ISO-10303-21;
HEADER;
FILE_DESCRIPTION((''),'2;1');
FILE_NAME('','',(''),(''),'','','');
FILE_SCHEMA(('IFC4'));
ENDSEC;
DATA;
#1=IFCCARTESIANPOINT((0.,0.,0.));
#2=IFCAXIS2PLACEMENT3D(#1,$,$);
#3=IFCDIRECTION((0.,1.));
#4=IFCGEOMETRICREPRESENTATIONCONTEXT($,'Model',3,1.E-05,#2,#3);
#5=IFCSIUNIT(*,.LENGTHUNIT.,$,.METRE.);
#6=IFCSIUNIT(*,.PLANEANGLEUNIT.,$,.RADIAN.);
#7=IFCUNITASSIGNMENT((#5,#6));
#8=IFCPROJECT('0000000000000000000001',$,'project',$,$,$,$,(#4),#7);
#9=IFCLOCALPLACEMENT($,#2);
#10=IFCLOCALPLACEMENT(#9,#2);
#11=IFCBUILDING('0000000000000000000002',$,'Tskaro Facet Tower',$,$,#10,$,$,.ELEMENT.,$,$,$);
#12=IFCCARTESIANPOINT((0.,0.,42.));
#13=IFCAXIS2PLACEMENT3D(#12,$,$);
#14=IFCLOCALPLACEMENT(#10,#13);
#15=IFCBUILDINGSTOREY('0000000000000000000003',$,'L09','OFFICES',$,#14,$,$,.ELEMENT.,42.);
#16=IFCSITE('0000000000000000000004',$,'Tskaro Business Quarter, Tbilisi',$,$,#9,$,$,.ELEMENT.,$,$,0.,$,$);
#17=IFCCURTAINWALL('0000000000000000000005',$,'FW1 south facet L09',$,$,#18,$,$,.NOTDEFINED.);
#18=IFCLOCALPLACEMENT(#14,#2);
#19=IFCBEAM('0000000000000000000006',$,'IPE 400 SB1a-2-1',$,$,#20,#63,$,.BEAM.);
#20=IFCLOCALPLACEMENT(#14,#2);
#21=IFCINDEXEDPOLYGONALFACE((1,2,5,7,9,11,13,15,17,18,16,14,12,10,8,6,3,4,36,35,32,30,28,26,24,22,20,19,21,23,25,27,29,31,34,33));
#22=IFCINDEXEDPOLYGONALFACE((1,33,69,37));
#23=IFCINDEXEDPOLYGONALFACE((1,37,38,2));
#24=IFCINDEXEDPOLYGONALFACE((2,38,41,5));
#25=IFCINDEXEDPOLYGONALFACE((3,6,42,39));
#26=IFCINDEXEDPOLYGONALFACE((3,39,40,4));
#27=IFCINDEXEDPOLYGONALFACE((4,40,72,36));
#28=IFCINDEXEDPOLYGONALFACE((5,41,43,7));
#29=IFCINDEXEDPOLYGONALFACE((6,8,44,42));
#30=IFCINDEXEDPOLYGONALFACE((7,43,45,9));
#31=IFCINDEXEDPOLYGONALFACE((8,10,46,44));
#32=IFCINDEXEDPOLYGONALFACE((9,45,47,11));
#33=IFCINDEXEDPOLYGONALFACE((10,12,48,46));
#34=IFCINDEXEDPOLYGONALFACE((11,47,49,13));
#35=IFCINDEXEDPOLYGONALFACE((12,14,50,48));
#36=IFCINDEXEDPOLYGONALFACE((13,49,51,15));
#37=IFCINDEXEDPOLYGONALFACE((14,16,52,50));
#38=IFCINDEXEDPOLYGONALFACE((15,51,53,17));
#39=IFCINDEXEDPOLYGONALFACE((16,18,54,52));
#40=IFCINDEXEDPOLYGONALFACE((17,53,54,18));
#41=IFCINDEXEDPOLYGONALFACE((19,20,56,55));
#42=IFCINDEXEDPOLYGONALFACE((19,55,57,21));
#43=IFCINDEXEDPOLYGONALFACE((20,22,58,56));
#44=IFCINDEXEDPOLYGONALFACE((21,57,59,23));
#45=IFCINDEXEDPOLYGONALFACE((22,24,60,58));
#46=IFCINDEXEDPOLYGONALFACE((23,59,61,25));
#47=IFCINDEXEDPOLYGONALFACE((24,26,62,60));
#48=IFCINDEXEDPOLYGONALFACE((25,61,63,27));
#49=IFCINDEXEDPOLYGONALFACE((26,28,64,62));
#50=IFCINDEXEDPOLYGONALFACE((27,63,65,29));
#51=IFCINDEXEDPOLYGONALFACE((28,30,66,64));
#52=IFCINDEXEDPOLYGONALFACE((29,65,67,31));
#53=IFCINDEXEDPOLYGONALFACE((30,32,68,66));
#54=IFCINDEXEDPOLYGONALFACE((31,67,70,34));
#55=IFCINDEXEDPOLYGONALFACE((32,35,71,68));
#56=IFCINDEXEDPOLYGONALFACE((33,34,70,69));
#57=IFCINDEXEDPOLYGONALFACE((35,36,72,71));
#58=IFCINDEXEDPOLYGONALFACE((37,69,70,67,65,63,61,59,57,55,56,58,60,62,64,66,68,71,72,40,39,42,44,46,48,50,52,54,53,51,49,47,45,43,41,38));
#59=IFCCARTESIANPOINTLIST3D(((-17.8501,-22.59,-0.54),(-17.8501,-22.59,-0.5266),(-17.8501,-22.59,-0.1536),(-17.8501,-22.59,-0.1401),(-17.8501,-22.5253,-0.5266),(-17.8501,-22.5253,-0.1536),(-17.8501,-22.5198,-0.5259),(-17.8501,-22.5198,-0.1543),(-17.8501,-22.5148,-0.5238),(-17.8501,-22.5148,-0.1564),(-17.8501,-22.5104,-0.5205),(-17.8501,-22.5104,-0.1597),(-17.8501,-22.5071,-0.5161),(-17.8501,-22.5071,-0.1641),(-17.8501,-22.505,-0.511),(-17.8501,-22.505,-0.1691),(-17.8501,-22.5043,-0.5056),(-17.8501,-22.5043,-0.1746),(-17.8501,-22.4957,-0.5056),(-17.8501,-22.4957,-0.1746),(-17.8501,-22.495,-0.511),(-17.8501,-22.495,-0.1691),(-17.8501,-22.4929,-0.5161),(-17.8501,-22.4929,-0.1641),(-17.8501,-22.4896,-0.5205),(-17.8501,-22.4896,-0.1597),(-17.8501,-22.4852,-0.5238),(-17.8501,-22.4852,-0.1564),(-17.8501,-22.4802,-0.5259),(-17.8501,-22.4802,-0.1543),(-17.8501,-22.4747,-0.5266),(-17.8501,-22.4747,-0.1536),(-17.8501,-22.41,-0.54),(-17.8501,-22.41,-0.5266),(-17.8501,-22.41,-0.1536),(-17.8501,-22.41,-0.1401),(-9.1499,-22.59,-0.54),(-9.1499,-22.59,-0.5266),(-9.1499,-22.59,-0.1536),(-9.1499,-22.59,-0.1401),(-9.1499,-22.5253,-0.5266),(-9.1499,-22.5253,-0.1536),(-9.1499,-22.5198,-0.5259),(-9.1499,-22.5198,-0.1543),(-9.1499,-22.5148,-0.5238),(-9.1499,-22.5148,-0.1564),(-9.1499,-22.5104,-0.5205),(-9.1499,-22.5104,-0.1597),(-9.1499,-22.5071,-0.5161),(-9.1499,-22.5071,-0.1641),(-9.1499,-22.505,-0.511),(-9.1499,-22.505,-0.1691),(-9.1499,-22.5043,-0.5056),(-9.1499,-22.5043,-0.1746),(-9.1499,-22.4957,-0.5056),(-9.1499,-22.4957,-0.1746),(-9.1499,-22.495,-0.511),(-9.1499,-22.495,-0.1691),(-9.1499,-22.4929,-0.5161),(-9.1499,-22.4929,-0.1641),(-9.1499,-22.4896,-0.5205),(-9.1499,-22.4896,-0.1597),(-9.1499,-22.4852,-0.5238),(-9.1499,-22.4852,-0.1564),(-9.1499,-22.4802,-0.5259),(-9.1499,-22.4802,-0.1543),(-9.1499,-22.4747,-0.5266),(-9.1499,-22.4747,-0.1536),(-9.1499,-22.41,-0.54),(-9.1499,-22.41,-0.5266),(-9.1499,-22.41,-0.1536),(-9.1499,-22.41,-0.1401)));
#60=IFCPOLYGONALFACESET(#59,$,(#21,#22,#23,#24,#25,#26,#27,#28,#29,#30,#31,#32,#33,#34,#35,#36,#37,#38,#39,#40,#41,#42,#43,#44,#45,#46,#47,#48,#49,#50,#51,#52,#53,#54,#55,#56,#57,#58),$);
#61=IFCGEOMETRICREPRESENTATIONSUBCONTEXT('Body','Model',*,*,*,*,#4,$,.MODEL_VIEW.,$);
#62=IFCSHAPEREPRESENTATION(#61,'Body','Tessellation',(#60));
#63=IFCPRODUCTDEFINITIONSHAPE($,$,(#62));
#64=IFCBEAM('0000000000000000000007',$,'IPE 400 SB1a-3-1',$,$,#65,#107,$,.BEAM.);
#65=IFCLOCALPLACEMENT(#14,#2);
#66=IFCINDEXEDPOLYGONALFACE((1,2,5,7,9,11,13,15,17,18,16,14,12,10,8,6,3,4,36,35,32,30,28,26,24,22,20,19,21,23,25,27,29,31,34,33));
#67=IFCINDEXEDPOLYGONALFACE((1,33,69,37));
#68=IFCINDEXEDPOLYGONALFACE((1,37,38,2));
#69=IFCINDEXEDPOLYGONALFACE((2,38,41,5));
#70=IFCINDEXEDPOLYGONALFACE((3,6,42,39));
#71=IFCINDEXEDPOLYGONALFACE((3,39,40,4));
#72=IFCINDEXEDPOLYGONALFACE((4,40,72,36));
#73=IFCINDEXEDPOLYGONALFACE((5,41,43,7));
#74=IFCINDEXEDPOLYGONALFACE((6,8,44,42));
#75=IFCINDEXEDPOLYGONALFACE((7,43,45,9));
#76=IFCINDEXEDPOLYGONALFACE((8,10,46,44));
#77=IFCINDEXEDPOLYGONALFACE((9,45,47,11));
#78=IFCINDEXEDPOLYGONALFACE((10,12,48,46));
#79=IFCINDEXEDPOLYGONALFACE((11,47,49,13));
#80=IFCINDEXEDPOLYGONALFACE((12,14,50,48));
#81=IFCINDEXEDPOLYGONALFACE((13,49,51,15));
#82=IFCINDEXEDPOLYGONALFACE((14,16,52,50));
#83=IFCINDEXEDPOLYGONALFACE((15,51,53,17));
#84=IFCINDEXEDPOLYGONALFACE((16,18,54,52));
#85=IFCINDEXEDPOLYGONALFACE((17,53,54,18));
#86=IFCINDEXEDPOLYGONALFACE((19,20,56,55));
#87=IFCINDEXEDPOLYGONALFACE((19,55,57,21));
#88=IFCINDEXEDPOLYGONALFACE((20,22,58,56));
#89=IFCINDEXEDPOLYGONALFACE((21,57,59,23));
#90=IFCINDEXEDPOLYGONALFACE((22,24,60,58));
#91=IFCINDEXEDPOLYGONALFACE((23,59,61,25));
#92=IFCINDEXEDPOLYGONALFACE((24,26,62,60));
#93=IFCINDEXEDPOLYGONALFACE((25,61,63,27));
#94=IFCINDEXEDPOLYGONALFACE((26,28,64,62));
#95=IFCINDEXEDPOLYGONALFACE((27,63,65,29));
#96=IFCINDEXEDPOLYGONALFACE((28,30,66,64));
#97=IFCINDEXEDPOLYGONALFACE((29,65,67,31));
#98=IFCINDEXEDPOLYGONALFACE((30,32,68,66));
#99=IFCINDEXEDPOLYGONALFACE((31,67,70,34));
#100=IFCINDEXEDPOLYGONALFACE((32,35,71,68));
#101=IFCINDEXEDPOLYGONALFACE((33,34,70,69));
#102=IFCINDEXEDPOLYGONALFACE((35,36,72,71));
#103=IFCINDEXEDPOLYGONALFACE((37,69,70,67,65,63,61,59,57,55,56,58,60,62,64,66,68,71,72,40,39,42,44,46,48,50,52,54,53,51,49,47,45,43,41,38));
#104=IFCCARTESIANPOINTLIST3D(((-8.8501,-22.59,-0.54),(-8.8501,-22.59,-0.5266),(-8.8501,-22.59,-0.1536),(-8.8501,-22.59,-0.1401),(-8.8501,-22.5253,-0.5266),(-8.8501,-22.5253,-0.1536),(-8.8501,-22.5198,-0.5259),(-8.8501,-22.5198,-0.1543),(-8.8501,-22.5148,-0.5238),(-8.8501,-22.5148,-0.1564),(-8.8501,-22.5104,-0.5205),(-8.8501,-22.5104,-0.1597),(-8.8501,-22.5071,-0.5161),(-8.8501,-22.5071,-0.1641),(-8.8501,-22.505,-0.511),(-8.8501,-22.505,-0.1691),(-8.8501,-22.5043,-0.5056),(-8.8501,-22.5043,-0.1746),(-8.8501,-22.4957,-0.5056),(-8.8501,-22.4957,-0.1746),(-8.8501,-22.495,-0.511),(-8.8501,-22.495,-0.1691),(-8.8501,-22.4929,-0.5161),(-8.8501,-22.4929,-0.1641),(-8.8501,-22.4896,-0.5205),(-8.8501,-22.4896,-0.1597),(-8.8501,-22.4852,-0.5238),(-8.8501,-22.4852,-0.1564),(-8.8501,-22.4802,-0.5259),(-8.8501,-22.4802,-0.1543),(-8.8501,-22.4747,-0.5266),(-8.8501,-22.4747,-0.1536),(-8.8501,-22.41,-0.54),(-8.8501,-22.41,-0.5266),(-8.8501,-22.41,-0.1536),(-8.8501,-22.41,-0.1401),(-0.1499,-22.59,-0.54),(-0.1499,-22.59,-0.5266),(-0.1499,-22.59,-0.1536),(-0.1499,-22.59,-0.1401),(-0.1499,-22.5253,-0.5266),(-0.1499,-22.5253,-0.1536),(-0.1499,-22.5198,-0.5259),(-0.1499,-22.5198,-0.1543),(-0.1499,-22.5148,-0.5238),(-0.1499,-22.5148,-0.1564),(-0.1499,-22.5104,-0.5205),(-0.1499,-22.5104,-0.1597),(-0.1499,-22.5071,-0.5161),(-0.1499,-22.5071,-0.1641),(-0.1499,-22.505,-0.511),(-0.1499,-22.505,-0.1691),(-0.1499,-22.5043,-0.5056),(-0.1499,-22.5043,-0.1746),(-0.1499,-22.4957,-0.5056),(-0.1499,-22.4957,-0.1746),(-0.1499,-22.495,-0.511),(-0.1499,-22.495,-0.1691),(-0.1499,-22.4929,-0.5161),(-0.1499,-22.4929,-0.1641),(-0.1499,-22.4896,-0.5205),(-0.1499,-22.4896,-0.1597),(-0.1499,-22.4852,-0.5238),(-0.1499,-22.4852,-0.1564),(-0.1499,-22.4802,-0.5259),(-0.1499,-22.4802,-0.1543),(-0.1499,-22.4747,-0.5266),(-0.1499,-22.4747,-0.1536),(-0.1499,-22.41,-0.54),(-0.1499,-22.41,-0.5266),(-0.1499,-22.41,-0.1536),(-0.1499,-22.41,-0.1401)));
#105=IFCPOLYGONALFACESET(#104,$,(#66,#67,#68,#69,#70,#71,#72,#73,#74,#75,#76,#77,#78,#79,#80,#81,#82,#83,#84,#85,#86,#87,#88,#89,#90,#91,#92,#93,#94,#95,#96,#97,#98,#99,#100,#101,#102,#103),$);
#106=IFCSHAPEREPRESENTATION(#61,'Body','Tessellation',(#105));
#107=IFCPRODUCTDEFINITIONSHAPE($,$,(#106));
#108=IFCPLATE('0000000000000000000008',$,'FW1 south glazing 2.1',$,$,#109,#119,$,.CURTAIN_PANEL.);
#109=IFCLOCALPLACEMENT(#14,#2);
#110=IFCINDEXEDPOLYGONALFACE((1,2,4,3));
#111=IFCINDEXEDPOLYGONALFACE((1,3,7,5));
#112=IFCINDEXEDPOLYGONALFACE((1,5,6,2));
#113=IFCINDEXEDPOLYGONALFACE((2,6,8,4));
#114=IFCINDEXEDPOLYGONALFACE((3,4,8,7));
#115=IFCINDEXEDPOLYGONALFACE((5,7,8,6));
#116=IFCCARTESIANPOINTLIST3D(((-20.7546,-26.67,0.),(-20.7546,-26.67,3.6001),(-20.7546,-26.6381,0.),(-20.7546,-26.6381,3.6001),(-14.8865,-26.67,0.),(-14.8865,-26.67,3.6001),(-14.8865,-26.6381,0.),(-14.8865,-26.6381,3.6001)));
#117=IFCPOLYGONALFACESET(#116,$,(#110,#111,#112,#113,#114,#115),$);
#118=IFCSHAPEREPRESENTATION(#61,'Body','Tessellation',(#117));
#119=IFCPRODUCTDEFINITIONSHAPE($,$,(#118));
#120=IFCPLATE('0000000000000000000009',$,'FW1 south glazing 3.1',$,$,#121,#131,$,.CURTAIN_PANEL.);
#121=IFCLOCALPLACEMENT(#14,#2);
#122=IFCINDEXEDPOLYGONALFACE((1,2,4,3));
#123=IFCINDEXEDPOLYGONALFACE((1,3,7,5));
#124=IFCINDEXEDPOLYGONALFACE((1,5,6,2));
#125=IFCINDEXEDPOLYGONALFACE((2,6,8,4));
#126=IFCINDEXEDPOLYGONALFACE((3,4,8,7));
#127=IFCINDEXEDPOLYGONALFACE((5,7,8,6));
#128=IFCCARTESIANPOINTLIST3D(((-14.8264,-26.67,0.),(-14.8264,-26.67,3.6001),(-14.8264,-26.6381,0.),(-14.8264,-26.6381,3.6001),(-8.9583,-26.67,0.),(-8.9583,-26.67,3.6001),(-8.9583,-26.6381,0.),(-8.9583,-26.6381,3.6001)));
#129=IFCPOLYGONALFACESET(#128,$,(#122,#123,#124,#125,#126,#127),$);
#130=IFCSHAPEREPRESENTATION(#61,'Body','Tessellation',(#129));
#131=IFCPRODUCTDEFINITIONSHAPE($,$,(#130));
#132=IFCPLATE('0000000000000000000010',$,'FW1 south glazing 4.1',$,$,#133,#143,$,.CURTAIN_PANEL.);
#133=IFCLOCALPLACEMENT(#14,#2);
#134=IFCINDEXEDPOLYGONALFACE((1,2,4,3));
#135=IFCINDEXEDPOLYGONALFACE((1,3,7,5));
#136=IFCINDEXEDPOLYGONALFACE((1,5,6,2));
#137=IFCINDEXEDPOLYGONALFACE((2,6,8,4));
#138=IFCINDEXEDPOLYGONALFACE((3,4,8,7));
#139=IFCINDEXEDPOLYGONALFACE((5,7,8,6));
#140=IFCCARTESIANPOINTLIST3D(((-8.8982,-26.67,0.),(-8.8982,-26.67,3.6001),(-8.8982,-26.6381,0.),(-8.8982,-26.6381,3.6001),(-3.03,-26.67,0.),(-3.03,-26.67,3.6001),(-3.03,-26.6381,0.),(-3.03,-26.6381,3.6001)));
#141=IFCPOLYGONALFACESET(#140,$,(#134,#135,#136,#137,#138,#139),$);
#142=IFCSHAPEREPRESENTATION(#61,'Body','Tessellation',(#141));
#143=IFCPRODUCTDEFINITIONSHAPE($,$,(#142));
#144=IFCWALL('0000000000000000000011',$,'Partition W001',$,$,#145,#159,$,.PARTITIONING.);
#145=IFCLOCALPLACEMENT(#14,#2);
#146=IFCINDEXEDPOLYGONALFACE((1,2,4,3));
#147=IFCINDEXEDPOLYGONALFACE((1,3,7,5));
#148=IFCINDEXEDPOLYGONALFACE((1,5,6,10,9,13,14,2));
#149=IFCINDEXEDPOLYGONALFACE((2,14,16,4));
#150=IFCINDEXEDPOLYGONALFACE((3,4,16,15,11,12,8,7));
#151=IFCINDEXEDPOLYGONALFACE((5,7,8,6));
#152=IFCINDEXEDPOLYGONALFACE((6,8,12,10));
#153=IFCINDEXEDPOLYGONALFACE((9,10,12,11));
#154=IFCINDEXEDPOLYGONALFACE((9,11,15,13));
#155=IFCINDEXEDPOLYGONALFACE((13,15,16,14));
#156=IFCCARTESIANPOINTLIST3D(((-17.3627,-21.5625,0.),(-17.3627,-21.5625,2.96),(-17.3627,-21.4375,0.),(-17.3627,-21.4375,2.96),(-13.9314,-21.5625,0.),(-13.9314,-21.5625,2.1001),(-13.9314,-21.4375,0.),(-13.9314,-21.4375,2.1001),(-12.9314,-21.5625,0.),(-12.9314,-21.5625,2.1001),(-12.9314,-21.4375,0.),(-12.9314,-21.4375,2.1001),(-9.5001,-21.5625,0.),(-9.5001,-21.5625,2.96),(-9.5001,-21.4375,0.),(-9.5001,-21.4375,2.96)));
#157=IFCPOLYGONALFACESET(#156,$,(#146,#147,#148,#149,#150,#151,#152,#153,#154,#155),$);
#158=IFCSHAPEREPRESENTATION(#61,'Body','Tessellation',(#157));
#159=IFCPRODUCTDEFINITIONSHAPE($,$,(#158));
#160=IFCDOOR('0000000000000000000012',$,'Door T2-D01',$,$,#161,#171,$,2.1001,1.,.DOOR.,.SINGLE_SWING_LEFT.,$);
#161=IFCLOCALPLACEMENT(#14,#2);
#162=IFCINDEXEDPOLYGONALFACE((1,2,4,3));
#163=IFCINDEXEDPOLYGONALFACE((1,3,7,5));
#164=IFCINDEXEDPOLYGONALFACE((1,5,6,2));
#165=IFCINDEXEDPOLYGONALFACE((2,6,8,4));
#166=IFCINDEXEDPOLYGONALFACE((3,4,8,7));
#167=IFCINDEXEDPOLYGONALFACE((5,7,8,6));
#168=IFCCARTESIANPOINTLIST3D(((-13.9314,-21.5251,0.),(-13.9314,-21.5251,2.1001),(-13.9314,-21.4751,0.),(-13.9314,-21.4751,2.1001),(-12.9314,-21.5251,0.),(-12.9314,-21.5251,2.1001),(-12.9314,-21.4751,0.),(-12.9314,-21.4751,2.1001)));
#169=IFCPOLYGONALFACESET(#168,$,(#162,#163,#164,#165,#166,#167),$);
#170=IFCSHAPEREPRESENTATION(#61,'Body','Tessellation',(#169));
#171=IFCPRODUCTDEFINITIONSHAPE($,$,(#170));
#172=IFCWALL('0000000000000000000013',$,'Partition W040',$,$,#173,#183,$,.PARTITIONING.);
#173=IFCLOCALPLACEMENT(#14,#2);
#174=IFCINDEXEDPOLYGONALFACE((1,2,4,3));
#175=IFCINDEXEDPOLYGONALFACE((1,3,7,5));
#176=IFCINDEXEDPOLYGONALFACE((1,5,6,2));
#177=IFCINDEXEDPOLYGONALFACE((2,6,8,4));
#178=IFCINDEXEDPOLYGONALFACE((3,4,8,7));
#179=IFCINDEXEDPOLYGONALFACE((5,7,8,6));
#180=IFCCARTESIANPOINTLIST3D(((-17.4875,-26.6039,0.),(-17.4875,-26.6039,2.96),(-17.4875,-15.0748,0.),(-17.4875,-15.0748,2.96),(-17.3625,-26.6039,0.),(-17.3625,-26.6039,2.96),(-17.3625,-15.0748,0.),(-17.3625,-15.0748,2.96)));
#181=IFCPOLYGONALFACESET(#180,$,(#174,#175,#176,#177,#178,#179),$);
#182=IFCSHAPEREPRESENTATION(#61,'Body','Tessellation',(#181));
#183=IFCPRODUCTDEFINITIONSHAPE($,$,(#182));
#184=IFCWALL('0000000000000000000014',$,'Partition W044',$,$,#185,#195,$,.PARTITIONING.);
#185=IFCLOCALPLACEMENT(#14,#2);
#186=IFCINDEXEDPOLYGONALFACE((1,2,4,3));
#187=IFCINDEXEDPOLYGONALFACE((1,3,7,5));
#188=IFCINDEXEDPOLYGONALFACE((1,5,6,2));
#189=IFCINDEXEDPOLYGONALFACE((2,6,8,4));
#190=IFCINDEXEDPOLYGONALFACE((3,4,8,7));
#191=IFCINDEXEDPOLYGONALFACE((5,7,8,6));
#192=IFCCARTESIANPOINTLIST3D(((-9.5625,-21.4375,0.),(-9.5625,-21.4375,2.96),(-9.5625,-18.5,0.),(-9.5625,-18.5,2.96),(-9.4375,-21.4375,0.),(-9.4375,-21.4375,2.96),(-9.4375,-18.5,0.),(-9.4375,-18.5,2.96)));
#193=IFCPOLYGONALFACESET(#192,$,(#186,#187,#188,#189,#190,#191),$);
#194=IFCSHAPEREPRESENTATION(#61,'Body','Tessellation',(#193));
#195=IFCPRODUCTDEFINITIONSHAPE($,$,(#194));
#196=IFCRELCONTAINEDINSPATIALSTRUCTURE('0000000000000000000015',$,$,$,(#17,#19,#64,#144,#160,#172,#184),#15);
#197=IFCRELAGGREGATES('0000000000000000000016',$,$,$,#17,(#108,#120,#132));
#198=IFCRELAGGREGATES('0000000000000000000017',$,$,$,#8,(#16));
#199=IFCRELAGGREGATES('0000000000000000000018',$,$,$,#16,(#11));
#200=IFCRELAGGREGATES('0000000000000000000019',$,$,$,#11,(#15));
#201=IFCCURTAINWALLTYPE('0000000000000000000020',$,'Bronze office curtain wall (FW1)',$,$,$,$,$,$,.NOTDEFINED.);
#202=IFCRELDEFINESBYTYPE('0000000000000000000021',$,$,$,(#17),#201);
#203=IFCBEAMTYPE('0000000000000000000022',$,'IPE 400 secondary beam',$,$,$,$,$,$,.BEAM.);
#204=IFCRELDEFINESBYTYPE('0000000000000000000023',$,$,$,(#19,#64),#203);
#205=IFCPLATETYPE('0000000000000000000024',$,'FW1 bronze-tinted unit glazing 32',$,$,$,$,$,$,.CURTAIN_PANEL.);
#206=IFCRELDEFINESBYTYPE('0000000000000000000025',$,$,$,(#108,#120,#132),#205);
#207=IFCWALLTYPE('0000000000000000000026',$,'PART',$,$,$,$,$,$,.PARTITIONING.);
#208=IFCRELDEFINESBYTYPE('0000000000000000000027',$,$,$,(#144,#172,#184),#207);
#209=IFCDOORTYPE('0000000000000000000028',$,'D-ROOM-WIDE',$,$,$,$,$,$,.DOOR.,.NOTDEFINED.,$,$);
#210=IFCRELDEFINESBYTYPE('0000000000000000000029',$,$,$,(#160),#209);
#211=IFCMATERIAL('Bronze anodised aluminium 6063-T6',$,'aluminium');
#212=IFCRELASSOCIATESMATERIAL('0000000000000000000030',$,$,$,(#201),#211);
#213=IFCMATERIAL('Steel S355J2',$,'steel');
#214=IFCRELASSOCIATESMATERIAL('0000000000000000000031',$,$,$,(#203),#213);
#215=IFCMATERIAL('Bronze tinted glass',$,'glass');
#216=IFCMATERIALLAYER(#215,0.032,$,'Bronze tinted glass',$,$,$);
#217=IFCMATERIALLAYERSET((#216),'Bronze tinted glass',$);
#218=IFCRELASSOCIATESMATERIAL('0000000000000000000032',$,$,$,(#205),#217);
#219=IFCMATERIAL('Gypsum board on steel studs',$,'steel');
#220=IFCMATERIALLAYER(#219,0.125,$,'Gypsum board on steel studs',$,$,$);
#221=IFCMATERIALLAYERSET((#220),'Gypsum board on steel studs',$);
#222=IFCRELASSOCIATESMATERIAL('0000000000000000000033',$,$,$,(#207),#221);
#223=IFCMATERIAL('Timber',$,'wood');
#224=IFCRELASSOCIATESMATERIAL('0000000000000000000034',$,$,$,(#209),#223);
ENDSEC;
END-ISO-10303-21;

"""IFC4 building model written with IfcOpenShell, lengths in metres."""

from ifc_helpers import new_model, si_unit, direction, frame, frame_2d, origin, origin_2d, place, context, subcontext, project, spatial, rectangle, i_section, extrude, material, layer, layer_set, material_profile, profile_set, type_object, element, fill, aggregate, save


model = new_model("IFC4")

# Units and contexts
model_context = context("Model", 3, precision=1e-05, world=origin(), true_north=direction((0.0, 1.0)))
body_context = subcontext(model_context, "Body", "Model", "MODEL_VIEW")
ifc_project = project(units=[si_unit("LENGTHUNIT", "METRE"), si_unit("PLANEANGLEUNIT", "RADIAN")], contexts=[model_context])

# Site, building, storey
site_placement = place(None, origin())
site = spatial("IfcSite", under=ifc_project, at=site_placement, Name="Tskaro Business Quarter, Tbilisi", CompositionType="ELEMENT", RefElevation=0.0)
building_placement = place(site_placement, origin())
building = spatial("IfcBuilding", under=site, at=building_placement, Name="Tskaro Facet Tower", CompositionType="ELEMENT")
storey_placement = place(building_placement, frame((0.0, 0.0, 42.0)))
storey = spatial("IfcBuildingStorey", under=building, at=storey_placement, Name="L09", Description="OFFICES", CompositionType="ELEMENT", Elevation=42.0)

# Curtain wall
ifc_material_1 = material(Name="Bronze anodised aluminium 6063-T6", Category="aluminium")
curtain_wall_type = type_object("IfcCurtainWallType", Name="Bronze office curtain wall (FW1)", PredefinedType="NOTDEFINED", material=ifc_material_1)
curtain_wall_placement = place(storey_placement, origin())
curtain_wall = element("IfcCurtainWall", 1, at=curtain_wall_placement, inside=storey, type_object=curtain_wall_type, Name="FW1 south facet L09", PredefinedType="NOTDEFINED")

# Beams
ifc_material_2 = material(Name="Steel S355J2", Category="steel")
ifc_material_profile_1 = material_profile(ifc_material_2, i_section(OverallWidth=0.1799, OverallDepth=0.3999, WebThickness=0.0085, FlangeThickness=0.0134, FilletRadius=0.021, at=origin_2d()), Name="IPE 400")
ifc_profile_set_1 = profile_set([ifc_material_profile_1], Name="Steel S355J2")
beam_type_1 = type_object("IfcBeamType", Name="IPE 400 secondary beam", PredefinedType="BEAM", material=ifc_profile_set_1)
for number, where, z_axis, x_axis, name in (
    (2, (-17.8501, -22.5, -0.3401), (1.0, 0.0, 0.0), (0.0, 1.0, 0.0), "IPE 400 SB1a-2-1"),
    (3, (-8.8501, -22.5, -0.3401), (1.0, 0.0, 0.0), (0.0, 1.0, 0.0), "IPE 400 SB1a-3-1"),
):
    element("IfcBeam", number, at=place(storey_placement, frame(where, z_axis=z_axis, x_axis=x_axis)), inside=storey, type_object=beam_type_1, Name=name, PredefinedType="BEAM", context=body_context, shape_type="SweptSolid", body=[
        extrude(i_section(OverallWidth=0.1799, OverallDepth=0.3999, WebThickness=0.0085, FlangeThickness=0.0134, FilletRadius=0.021, at=origin_2d()), origin(), (0.0, 0.0, 1.0), 8.7002),
    ])

# Plates
ifc_material_3 = material(Name="Bronze tinted glass", Category="glass")
ifc_layer_1 = layer(ifc_material_3, 0.032, Name="Bronze tinted glass")
ifc_layer_set_1 = layer_set([ifc_layer_1], Name="Bronze tinted glass")
plate_type = type_object("IfcPlateType", Name="FW1 bronze-tinted unit glazing 32", PredefinedType="CURTAIN_PANEL", material=ifc_layer_set_1)
plate_1_placement = place(storey_placement, frame((-17.8206, -26.6541, 0.0), z_axis=(0.0, 0.0, 1.0), x_axis=(1.0, 0.0, 0.0)))
plate_1 = element("IfcPlate", 4, at=plate_1_placement, type_object=plate_type, Name="FW1 south glazing 2.1", PredefinedType="CURTAIN_PANEL", context=body_context, shape_type="SweptSolid", body=[
    extrude(rectangle(XDim=5.8682, YDim=0.032, at=origin_2d()), origin(), (0.0, 0.0, 1.0), 3.6001),
])
plate_2_placement = place(storey_placement, frame((-11.8923, -26.6541, 0.0), z_axis=(0.0, 0.0, 1.0), x_axis=(1.0, 0.0, 0.0)))
plate_2 = element("IfcPlate", 5, at=plate_2_placement, type_object=plate_type, Name="FW1 south glazing 3.1", PredefinedType="CURTAIN_PANEL", context=body_context, shape_type="SweptSolid", body=[
    extrude(rectangle(XDim=5.8682, YDim=0.032, at=origin_2d()), origin(), (0.0, 0.0, 1.0), 3.6001),
])
plate_3_placement = place(storey_placement, frame((-5.9641, -26.6541, 0.0), z_axis=(0.0, 0.0, 1.0), x_axis=(1.0, 0.0, 0.0)))
plate_3 = element("IfcPlate", 6, at=plate_3_placement, type_object=plate_type, Name="FW1 south glazing 4.1", PredefinedType="CURTAIN_PANEL", context=body_context, shape_type="SweptSolid", body=[
    extrude(rectangle(XDim=5.8682, YDim=0.032, at=origin_2d()), origin(), (0.0, 0.0, 1.0), 3.6001),
])
aggregate(curtain_wall, [plate_1, plate_2, plate_3])

# Wall, opening, door
ifc_material_4 = material(Name="Gypsum board on steel studs", Category="steel")
ifc_layer_2 = layer(ifc_material_4, 0.125, Name="Gypsum board on steel studs")
ifc_layer_set_2 = layer_set([ifc_layer_2], Name="Gypsum board on steel studs")
wall_type = type_object("IfcWallType", Name="PART", PredefinedType="PARTITIONING", material=ifc_layer_set_2)
wall_1_placement = place(storey_placement, frame((-17.3625, -21.5, 0.0), z_axis=(0.0, 0.0, 1.0), x_axis=(1.0, 0.0, 0.0)))
wall_1 = element("IfcWall", 7, at=wall_1_placement, inside=storey, type_object=wall_type, Name="Partition W001", PredefinedType="PARTITIONING", context=body_context, shape_type="SweptSolid", body=[
    extrude(rectangle(XDim=7.8625, YDim=0.125, at=frame_2d((3.9312, 0.0))), origin(), (0.0, 0.0, 1.0), 2.96),
])
opening_placement = place(wall_1_placement, frame((3.4312, 0.0, 0.0)))
opening = element("IfcOpeningElement", 8, at=opening_placement, cuts=wall_1, PredefinedType="OPENING", context=body_context, shape_type="SweptSolid", body=[
    extrude(rectangle(XDim=1.0, YDim=2.1001, at=frame_2d((0.5, 1.05))), frame((0.0, 0.0725, 0.0), z_axis=(0.0, -1.0, 0.0), x_axis=(1.0, 0.0, 0.0)), (0.0, 0.0, 1.0), 0.145),
])
ifc_material_5 = material(Name="Timber", Category="wood")
door_type = type_object("IfcDoorType", Name="D-ROOM-WIDE", OperationType="NOTDEFINED", PredefinedType="DOOR", material=ifc_material_5)
door_placement = place(opening_placement, origin())
door = element("IfcDoor", 9, at=door_placement, inside=storey, type_object=door_type, Name="Door T2-D01", OperationType="SINGLE_SWING_LEFT", OverallHeight=2.1001, OverallWidth=1.0, PredefinedType="DOOR", context=body_context, shape_type="SweptSolid", body=[
    extrude(rectangle(XDim=1.0, YDim=2.1001, at=frame_2d((0.5, 1.05))), frame((0.0, 0.0249, 0.0), z_axis=(0.0, -1.0, 0.0), x_axis=(1.0, 0.0, 0.0)), (0.0, 0.0, 1.0), 0.05),
])
fill(opening, door)

# Walls
wall_2_placement = place(storey_placement, frame((-17.425, -26.604, 0.0), z_axis=(0.0, 0.0, 1.0), x_axis=(0.0, 1.0, 0.0)))
element("IfcWall", 10, at=wall_2_placement, inside=storey, type_object=wall_type, Name="Partition W040", PredefinedType="PARTITIONING", context=body_context, shape_type="SweptSolid", body=[
    extrude(rectangle(XDim=11.5291, YDim=0.125, at=frame_2d((5.7646, 0.0))), origin(), (0.0, 0.0, 1.0), 2.96),
])
wall_3_placement = place(storey_placement, frame((-9.5, -21.4375, 0.0), z_axis=(0.0, 0.0, 1.0), x_axis=(0.0, 1.0, 0.0)))
element("IfcWall", 11, at=wall_3_placement, inside=storey, type_object=wall_type, Name="Partition W044", PredefinedType="PARTITIONING", context=body_context, shape_type="SweptSolid", body=[
    extrude(rectangle(XDim=2.9375, YDim=0.125, at=frame_2d((1.4688, 0.0))), origin(), (0.0, 0.0, 1.0), 2.96),
])

save(model, "model.ifc")
